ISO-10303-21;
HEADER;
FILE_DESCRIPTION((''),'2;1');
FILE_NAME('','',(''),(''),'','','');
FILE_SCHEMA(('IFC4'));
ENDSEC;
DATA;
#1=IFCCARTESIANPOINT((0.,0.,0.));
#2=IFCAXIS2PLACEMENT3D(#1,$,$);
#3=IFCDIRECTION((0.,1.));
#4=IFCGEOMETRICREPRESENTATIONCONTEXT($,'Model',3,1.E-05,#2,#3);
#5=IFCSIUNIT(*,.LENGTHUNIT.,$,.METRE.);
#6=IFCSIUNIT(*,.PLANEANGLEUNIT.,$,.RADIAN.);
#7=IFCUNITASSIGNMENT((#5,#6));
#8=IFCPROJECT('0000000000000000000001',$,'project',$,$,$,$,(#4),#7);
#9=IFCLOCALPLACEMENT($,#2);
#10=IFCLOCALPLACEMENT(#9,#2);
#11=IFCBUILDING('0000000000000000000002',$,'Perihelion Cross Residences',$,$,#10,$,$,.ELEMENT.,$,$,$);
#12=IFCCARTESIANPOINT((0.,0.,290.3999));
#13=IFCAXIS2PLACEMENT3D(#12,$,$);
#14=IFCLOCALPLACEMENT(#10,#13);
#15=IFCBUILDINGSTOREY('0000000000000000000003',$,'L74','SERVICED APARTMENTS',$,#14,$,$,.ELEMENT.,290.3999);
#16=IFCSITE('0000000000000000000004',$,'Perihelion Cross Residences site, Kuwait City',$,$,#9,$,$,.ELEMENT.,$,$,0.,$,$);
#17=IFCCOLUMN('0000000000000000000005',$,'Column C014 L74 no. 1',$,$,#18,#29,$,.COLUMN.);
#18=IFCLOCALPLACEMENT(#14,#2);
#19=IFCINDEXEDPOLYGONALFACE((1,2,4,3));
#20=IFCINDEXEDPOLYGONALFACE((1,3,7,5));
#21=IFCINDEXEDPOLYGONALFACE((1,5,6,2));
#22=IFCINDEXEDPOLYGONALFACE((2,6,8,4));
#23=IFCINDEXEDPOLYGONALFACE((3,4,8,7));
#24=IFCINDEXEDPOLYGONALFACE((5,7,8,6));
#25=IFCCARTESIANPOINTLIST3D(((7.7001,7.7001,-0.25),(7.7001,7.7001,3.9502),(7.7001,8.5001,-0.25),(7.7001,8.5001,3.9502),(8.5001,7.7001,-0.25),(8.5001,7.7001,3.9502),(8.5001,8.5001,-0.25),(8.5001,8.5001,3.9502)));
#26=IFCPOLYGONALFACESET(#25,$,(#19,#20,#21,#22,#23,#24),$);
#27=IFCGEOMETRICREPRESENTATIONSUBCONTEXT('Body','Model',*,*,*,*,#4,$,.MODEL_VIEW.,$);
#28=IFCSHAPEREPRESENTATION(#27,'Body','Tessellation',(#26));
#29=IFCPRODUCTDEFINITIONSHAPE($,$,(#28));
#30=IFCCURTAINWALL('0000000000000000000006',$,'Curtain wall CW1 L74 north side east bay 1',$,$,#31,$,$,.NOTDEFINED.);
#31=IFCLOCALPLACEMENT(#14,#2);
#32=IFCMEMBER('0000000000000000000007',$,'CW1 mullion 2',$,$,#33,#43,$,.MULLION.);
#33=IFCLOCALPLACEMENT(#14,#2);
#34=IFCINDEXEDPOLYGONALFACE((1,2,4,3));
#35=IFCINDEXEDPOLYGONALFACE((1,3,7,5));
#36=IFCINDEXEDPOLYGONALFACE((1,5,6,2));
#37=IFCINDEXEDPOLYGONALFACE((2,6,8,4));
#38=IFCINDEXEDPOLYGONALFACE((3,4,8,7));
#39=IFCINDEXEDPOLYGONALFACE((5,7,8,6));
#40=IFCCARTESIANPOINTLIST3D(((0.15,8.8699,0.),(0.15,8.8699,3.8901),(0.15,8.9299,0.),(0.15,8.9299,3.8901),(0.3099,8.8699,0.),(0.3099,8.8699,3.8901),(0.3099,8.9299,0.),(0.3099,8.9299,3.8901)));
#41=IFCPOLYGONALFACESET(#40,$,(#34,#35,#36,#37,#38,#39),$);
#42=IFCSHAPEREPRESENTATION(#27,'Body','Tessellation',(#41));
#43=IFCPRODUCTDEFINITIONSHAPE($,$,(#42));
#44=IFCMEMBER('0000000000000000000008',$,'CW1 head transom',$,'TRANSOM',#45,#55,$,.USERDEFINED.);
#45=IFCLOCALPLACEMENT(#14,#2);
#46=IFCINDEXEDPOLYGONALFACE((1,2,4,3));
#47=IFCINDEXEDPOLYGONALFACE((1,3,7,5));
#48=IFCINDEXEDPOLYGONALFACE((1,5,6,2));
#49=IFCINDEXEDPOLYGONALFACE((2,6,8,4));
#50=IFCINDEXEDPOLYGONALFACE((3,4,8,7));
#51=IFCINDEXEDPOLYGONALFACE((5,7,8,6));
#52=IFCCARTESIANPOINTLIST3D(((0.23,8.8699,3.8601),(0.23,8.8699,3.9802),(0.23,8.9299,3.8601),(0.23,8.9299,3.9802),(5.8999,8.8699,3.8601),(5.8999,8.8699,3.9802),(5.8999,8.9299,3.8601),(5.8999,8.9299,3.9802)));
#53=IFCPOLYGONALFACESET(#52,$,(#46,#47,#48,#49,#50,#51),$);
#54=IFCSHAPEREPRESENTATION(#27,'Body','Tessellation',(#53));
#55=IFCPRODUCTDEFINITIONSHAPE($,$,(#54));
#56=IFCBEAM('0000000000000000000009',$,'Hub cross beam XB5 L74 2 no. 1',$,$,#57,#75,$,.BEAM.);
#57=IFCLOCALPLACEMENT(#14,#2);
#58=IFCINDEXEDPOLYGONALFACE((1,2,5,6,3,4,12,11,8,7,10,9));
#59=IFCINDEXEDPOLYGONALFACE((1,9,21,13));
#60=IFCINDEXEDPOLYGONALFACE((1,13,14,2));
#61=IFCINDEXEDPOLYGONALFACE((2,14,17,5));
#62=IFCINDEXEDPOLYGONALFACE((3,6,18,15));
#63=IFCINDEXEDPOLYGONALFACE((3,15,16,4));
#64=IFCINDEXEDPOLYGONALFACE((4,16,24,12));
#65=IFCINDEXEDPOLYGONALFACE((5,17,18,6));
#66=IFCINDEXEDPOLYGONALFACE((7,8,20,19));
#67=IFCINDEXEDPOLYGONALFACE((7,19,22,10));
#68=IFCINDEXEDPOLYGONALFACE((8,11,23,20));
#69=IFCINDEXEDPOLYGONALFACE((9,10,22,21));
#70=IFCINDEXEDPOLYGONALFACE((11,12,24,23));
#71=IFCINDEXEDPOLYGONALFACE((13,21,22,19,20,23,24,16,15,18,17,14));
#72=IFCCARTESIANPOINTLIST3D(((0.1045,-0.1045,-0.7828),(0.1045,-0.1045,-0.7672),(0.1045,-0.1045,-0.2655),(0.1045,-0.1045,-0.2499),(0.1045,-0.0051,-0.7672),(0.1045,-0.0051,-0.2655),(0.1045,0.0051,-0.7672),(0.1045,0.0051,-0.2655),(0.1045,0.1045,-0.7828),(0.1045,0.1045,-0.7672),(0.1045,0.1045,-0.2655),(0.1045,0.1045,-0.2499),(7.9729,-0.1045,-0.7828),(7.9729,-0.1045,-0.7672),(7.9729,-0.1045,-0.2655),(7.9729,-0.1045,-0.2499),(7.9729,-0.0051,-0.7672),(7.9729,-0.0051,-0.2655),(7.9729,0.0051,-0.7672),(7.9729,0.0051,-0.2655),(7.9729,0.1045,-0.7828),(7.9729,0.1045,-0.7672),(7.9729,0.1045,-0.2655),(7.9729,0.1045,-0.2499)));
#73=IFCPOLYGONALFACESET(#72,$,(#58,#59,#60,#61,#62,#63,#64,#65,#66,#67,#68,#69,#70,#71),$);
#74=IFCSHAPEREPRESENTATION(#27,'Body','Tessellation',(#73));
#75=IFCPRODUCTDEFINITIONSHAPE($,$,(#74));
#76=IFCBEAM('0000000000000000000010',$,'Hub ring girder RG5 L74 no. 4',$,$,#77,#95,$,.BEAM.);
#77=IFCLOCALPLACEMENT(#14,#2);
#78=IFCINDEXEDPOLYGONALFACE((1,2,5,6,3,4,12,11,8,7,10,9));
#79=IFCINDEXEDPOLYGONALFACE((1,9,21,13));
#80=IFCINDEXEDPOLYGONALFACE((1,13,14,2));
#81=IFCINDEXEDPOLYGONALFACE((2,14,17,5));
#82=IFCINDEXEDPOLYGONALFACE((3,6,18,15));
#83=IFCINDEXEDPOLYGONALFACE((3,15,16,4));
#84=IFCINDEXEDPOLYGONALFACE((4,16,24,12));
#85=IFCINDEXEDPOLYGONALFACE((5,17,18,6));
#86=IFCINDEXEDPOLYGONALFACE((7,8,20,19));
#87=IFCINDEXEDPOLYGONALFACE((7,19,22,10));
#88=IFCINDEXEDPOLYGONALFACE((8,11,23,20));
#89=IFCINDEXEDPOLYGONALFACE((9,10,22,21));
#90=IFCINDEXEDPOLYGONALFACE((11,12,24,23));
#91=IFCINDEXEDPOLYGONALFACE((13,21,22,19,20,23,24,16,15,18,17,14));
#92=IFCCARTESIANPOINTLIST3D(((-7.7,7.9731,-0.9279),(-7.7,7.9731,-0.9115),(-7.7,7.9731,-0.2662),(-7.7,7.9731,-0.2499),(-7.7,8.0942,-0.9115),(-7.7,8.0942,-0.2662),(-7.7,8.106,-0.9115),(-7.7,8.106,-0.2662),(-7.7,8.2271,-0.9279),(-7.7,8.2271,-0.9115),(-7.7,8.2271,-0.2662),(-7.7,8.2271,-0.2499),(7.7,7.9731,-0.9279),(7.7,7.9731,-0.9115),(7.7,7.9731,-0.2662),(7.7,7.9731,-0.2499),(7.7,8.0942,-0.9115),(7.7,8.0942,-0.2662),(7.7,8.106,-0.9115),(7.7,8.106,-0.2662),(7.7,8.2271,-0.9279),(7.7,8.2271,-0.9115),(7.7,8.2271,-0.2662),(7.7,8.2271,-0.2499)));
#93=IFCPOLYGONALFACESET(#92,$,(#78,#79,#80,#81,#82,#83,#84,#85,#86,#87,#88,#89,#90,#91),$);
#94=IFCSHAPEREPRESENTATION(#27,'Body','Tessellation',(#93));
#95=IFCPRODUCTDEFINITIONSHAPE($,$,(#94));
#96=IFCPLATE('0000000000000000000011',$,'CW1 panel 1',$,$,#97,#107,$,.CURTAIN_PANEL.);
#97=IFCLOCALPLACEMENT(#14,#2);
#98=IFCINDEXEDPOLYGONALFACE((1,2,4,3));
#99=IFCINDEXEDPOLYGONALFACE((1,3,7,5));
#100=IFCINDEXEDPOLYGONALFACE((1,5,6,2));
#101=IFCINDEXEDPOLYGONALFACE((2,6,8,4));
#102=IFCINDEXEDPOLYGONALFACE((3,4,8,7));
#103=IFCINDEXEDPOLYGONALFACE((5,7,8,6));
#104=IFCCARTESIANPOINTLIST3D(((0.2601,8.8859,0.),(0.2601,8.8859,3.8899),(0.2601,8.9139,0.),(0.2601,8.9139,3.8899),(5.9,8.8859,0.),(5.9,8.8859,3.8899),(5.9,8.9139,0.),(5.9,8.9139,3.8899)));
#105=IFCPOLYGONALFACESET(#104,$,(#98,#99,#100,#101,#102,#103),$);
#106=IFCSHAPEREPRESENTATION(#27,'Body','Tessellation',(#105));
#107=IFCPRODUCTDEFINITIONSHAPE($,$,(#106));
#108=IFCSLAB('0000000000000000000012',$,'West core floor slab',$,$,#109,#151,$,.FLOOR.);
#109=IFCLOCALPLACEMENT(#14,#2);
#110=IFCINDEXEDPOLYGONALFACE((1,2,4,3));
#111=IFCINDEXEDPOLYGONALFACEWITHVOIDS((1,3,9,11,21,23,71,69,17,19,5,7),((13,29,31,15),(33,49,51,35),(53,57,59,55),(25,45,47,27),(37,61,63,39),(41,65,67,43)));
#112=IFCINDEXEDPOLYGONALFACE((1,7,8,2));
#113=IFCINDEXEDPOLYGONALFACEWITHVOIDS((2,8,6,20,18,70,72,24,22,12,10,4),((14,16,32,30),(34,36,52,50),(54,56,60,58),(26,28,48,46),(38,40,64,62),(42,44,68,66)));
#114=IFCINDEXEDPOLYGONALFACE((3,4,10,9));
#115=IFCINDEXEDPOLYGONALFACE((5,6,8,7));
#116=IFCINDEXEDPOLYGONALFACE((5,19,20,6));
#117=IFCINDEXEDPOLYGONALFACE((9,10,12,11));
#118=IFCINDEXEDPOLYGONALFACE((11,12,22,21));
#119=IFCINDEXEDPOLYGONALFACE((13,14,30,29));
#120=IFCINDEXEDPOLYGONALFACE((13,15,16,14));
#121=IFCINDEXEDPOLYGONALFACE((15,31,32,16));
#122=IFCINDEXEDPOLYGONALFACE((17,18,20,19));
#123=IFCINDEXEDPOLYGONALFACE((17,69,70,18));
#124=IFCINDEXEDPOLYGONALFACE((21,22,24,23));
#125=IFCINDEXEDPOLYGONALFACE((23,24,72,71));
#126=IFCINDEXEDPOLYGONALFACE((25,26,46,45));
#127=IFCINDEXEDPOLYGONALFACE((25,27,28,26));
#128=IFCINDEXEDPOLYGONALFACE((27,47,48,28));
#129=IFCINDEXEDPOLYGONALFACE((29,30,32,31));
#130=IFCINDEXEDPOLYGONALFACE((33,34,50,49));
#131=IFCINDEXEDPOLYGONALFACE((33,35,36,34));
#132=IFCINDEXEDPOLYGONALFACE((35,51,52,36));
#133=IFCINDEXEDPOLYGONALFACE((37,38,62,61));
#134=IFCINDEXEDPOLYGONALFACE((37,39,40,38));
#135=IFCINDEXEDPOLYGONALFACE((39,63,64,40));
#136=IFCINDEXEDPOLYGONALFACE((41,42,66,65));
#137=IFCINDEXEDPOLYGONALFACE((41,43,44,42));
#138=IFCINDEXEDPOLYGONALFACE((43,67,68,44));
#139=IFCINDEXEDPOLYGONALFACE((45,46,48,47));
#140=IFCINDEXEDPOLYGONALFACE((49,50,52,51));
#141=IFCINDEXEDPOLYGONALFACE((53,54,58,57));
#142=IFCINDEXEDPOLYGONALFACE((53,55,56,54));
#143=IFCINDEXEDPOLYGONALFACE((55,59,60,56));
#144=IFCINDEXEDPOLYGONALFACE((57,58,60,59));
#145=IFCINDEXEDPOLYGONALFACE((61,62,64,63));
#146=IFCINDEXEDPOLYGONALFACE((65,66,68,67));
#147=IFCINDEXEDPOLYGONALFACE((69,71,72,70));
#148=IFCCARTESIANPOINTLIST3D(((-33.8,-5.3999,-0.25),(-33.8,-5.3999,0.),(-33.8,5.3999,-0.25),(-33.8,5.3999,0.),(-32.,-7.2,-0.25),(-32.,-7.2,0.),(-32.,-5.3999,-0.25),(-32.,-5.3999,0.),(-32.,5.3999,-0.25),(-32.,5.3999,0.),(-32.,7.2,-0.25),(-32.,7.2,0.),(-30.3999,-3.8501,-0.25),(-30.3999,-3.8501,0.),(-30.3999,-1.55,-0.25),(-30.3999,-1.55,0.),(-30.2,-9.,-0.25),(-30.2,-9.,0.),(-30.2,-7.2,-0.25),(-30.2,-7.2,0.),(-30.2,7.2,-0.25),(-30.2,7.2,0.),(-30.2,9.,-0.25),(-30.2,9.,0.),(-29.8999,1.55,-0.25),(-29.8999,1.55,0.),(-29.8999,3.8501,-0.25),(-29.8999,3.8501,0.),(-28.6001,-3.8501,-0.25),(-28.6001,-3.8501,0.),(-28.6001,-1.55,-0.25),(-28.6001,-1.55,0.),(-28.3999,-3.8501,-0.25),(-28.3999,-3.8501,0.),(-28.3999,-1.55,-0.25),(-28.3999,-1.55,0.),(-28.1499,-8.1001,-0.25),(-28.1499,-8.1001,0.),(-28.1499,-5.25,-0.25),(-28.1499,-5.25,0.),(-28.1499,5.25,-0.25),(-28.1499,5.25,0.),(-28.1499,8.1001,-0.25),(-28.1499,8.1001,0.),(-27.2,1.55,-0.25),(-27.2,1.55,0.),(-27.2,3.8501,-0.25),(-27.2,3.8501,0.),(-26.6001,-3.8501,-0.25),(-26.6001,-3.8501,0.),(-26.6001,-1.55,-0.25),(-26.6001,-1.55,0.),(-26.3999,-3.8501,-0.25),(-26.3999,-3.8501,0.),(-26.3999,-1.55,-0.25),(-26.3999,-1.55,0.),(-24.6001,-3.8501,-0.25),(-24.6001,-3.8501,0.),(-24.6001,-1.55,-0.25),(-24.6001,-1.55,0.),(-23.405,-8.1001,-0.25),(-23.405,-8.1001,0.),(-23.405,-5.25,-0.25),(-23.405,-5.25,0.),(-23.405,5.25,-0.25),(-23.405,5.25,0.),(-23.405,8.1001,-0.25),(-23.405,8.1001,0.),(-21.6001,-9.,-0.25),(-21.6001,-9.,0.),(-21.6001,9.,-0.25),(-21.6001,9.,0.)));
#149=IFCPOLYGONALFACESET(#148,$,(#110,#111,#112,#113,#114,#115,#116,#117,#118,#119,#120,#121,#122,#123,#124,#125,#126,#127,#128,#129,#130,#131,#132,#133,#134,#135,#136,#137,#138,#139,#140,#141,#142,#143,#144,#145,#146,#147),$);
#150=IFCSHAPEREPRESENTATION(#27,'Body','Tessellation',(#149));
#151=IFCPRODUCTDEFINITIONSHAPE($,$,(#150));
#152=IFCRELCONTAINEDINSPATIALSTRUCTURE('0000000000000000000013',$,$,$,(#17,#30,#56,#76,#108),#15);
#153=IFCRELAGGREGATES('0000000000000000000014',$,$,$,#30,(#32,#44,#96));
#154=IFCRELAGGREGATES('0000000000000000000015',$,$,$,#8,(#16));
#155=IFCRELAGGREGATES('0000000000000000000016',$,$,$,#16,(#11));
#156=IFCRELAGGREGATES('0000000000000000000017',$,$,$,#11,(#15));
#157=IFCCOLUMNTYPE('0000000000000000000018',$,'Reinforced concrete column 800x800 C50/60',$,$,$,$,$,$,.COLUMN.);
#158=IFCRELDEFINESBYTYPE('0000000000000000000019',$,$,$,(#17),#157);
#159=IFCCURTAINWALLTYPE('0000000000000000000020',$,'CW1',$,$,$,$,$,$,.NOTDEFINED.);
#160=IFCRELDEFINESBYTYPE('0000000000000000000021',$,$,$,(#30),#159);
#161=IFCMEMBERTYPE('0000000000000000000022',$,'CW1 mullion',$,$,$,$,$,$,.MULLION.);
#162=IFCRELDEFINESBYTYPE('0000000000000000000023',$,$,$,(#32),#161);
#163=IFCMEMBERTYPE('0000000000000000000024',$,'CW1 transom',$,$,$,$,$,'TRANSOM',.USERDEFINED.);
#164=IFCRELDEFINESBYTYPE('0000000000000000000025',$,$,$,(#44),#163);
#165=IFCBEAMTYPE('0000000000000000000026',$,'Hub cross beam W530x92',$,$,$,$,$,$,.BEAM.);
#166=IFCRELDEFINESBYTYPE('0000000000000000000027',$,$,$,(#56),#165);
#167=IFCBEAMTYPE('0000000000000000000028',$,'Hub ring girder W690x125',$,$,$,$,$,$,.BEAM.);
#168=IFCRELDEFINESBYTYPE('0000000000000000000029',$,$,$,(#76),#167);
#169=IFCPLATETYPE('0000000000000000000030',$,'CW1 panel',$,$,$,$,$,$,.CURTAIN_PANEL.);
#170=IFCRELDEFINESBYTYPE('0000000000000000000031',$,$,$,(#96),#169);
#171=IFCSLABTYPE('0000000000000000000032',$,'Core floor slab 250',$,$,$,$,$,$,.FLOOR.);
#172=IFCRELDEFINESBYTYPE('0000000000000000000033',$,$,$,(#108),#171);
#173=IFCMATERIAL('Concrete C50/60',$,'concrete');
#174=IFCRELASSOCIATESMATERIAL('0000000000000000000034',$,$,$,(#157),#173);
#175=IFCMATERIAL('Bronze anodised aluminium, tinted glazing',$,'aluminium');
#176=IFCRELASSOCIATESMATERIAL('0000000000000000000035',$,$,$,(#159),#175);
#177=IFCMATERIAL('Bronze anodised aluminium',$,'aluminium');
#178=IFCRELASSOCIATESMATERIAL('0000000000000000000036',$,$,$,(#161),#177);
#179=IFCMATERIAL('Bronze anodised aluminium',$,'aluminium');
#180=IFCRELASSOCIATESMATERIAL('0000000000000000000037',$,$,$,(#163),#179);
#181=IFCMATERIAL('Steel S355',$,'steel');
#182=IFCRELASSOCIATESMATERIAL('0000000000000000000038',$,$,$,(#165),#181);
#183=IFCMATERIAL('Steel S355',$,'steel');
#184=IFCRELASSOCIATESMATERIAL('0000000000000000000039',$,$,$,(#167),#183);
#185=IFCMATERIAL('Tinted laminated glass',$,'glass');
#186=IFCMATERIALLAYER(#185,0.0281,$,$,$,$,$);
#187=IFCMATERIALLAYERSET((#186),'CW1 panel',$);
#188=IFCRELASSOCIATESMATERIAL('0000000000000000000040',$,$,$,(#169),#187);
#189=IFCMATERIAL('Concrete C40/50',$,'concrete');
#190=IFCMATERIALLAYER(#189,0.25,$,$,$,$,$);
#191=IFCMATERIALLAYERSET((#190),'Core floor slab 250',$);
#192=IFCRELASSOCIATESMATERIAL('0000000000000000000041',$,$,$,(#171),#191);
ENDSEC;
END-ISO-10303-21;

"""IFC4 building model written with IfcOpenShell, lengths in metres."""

from ifc_helpers import new_model, si_unit, direction, frame, origin, origin_2d, place, context, subcontext, project, spatial, polyline, rectangle, i_section, outline, extrude, material, layer, layer_set, material_profile, profile_set, type_object, element, aggregate, save


model = new_model("IFC4")

# Units and contexts
model_context = context("Model", 3, precision=1e-05, world=origin(), true_north=direction((0.0, 1.0)))
body_context = subcontext(model_context, "Body", "Model", "MODEL_VIEW")
ifc_project = project(units=[si_unit("LENGTHUNIT", "METRE"), si_unit("PLANEANGLEUNIT", "RADIAN")], contexts=[model_context])

# Site, building, storey
site_placement = place(None, origin())
site = spatial("IfcSite", under=ifc_project, at=site_placement, Name="Perihelion Cross Residences site, Kuwait City", CompositionType="ELEMENT", RefElevation=0.0)
building_placement = place(site_placement, origin())
building = spatial("IfcBuilding", under=site, at=building_placement, Name="Perihelion Cross Residences", CompositionType="ELEMENT")
storey_placement = place(building_placement, frame((0.0, 0.0, 290.3999)))
storey = spatial("IfcBuildingStorey", under=building, at=storey_placement, Name="L74", Description="SERVICED APARTMENTS", CompositionType="ELEMENT", Elevation=290.3999)

# Column
ifc_material_1 = material(Name="Concrete C50/60", Category="concrete")
ifc_material_profile_1 = material_profile(ifc_material_1, rectangle(XDim=0.8, YDim=0.8, at=origin_2d()), Name="RC 800x800")
ifc_profile_set_1 = profile_set([ifc_material_profile_1], Name="Concrete C50/60")
column_type = type_object("IfcColumnType", Name="Reinforced concrete column 800x800 C50/60", PredefinedType="COLUMN", material=ifc_profile_set_1)
column_placement = place(storey_placement, frame((8.1001, 8.1001, -0.25), z_axis=(0.0, 0.0, 1.0), x_axis=(1.0, 0.0, 0.0)))
element("IfcColumn", 1, at=column_placement, inside=storey, type_object=column_type, Name="Column C014 L74 no. 1", PredefinedType="COLUMN", context=body_context, shape_type="SweptSolid", body=[
    extrude(rectangle(XDim=0.8, YDim=0.8, at=origin_2d()), origin(), (0.0, 0.0, 1.0), 4.2002),
])

# Curtain wall, members
ifc_material_2 = material(Name="Bronze anodised aluminium, tinted glazing", Category="aluminium")
curtain_wall_type = type_object("IfcCurtainWallType", Name="CW1", PredefinedType="NOTDEFINED", material=ifc_material_2)
curtain_wall_placement = place(storey_placement, origin())
curtain_wall = element("IfcCurtainWall", 2, at=curtain_wall_placement, inside=storey, type_object=curtain_wall_type, Name="Curtain wall CW1 L74 north side east bay 1", PredefinedType="NOTDEFINED")
ifc_material_3 = material(Name="Bronze anodised aluminium", Category="aluminium")
ifc_material_profile_2 = material_profile(ifc_material_3, rectangle(XDim=0.0601, YDim=0.1599, at=origin_2d()), Name="CW1 mullion")
ifc_profile_set_2 = profile_set([ifc_material_profile_2], Name="Bronze anodised aluminium")
member_type_1 = type_object("IfcMemberType", Name="CW1 mullion", PredefinedType="MULLION", material=ifc_profile_set_2)
member_1_placement = place(storey_placement, frame((0.23, 8.8999, 0.0), z_axis=(0.0, 0.0, 1.0), x_axis=(0.0, -1.0, 0.0)))
member_1 = element("IfcMember", 3, at=member_1_placement, type_object=member_type_1, Name="CW1 mullion 2", PredefinedType="MULLION", context=body_context, shape_type="SweptSolid", body=[
    extrude(rectangle(XDim=0.0601, YDim=0.1599, at=origin_2d()), origin(), (0.0, 0.0, 1.0), 3.8901),
])
ifc_material_4 = material(Name="Bronze anodised aluminium", Category="aluminium")
ifc_material_profile_3 = material_profile(ifc_material_4, rectangle(XDim=0.0601, YDim=0.1201, at=origin_2d()), Name="CW1 transom")
ifc_profile_set_3 = profile_set([ifc_material_profile_3], Name="Bronze anodised aluminium")
member_type_2 = type_object("IfcMemberType", Name="CW1 transom", ElementType="TRANSOM", PredefinedType="USERDEFINED", material=ifc_profile_set_3)
member_2_placement = place(storey_placement, frame((5.8999, 8.8999, 3.9202), z_axis=(-1.0, 0.0, 0.0), x_axis=(0.0, -1.0, 0.0)))
member_2 = element("IfcMember", 4, at=member_2_placement, type_object=member_type_2, Name="CW1 head transom", ObjectType="TRANSOM", PredefinedType="USERDEFINED", context=body_context, shape_type="SweptSolid", body=[
    extrude(rectangle(XDim=0.0601, YDim=0.1201, at=origin_2d()), origin(), (0.0, 0.0, 1.0), 5.6699),
])

# Beams
ifc_material_5 = material(Name="Steel S355", Category="steel")
ifc_material_profile_4 = material_profile(ifc_material_5, i_section(OverallWidth=0.209, OverallDepth=0.533, WebThickness=0.0103, FlangeThickness=0.0156, at=origin_2d()), Name="W530x92")
ifc_profile_set_4 = profile_set([ifc_material_profile_4], Name="Steel S355")
beam_type_1 = type_object("IfcBeamType", Name="Hub cross beam W530x92", PredefinedType="BEAM", material=ifc_profile_set_4)
beam_1_placement = place(storey_placement, frame((0.1045, 0.0, -0.5164), z_axis=(1.0, 0.0, 0.0), x_axis=(0.0, 1.0, 0.0)))
element("IfcBeam", 5, at=beam_1_placement, inside=storey, type_object=beam_type_1, Name="Hub cross beam XB5 L74 2 no. 1", PredefinedType="BEAM", context=body_context, shape_type="SweptSolid", body=[
    extrude(i_section(OverallWidth=0.209, OverallDepth=0.533, WebThickness=0.0103, FlangeThickness=0.0156, at=origin_2d()), origin(), (0.0, 0.0, 1.0), 7.8684),
])
ifc_material_6 = material(Name="Steel S355", Category="steel")
ifc_material_profile_5 = material_profile(ifc_material_6, i_section(OverallWidth=0.2539, OverallDepth=0.678, WebThickness=0.0117, FlangeThickness=0.0164, at=origin_2d()), Name="W690x125")
ifc_profile_set_5 = profile_set([ifc_material_profile_5], Name="Steel S355")
beam_type_2 = type_object("IfcBeamType", Name="Hub ring girder W690x125", PredefinedType="BEAM", material=ifc_profile_set_5)
beam_2_placement = place(storey_placement, frame((7.7, 8.1001, -0.5889), z_axis=(-1.0, 0.0, 0.0), x_axis=(0.0, -1.0, 0.0)))
element("IfcBeam", 6, at=beam_2_placement, inside=storey, type_object=beam_type_2, Name="Hub ring girder RG5 L74 no. 4", PredefinedType="BEAM", context=body_context, shape_type="SweptSolid", body=[
    extrude(i_section(OverallWidth=0.2539, OverallDepth=0.678, WebThickness=0.0117, FlangeThickness=0.0164, at=origin_2d()), origin(), (0.0, 0.0, 1.0), 15.3999),
])

# Plate
ifc_material_7 = material(Name="Tinted laminated glass", Category="glass")
ifc_layer_1 = layer(ifc_material_7, 0.0281)
ifc_layer_set_1 = layer_set([ifc_layer_1], Name="CW1 panel")
plate_type = type_object("IfcPlateType", Name="CW1 panel", PredefinedType="CURTAIN_PANEL", material=ifc_layer_set_1)
plate_placement = place(storey_placement, frame((3.0801, 8.8999, 0.0), z_axis=(0.0, 0.0, 1.0), x_axis=(-1.0, 0.0, 0.0)))
plate = element("IfcPlate", 7, at=plate_placement, type_object=plate_type, Name="CW1 panel 1", PredefinedType="CURTAIN_PANEL", context=body_context, shape_type="SweptSolid", body=[
    extrude(rectangle(XDim=5.6399, YDim=0.0281, at=origin_2d()), origin(), (0.0, 0.0, 1.0), 3.8899),
])
aggregate(curtain_wall, [member_1, member_2, plate])

# Slab
ifc_material_8 = material(Name="Concrete C40/50", Category="concrete")
ifc_layer_2 = layer(ifc_material_8, 0.25)
ifc_layer_set_2 = layer_set([ifc_layer_2], Name="Core floor slab 250")
slab_type = type_object("IfcSlabType", Name="Core floor slab 250", PredefinedType="FLOOR", material=ifc_layer_set_2)
slab_placement = place(storey_placement, frame((0.0, 0.0, -0.25)))
element("IfcSlab", 8, at=slab_placement, inside=storey, type_object=slab_type, Name="West core floor slab", PredefinedType="FLOOR", context=body_context, shape_type="SweptSolid", body=[
    extrude(outline(polyline([(-30.2, 7.2), (-32.0, 7.2), (-32.0, 5.3999), (-33.8, 5.3999), (-33.8, -5.3999), (-32.0, -5.3999), (-32.0, -7.2), (-30.2, -7.2), (-30.2, -9.0), (-21.6001, -9.0), (-21.6001, 9.0), (-30.2, 9.0), (-30.2, 7.2)]), holes=[polyline([(-28.1499, -8.1001), (-28.1499, -5.25), (-23.405, -5.25), (-23.405, -8.1001), (-28.1499, -8.1001)]), polyline([(-24.6001, -1.55), (-24.6001, -3.8501), (-26.3999, -3.8501), (-26.3999, -1.55), (-24.6001, -1.55)]), polyline([(-26.6001, -1.55), (-26.6001, -3.8501), (-28.3999, -3.8501), (-28.3999, -1.55), (-26.6001, -1.55)]), polyline([(-28.6001, -3.8501), (-30.3999, -3.8501), (-30.3999, -1.55), (-28.6001, -1.55), (-28.6001, -3.8501)]), polyline([(-27.2, 3.8501), (-27.2, 1.55), (-29.8999, 1.55), (-29.8999, 3.8501), (-27.2, 3.8501)]), polyline([(-23.405, 5.25), (-28.1499, 5.25), (-28.1499, 8.1001), (-23.405, 8.1001), (-23.405, 5.25)])]), origin(), (0.0, 0.0, 1.0), 0.25),
])

save(model, "model.ifc")
